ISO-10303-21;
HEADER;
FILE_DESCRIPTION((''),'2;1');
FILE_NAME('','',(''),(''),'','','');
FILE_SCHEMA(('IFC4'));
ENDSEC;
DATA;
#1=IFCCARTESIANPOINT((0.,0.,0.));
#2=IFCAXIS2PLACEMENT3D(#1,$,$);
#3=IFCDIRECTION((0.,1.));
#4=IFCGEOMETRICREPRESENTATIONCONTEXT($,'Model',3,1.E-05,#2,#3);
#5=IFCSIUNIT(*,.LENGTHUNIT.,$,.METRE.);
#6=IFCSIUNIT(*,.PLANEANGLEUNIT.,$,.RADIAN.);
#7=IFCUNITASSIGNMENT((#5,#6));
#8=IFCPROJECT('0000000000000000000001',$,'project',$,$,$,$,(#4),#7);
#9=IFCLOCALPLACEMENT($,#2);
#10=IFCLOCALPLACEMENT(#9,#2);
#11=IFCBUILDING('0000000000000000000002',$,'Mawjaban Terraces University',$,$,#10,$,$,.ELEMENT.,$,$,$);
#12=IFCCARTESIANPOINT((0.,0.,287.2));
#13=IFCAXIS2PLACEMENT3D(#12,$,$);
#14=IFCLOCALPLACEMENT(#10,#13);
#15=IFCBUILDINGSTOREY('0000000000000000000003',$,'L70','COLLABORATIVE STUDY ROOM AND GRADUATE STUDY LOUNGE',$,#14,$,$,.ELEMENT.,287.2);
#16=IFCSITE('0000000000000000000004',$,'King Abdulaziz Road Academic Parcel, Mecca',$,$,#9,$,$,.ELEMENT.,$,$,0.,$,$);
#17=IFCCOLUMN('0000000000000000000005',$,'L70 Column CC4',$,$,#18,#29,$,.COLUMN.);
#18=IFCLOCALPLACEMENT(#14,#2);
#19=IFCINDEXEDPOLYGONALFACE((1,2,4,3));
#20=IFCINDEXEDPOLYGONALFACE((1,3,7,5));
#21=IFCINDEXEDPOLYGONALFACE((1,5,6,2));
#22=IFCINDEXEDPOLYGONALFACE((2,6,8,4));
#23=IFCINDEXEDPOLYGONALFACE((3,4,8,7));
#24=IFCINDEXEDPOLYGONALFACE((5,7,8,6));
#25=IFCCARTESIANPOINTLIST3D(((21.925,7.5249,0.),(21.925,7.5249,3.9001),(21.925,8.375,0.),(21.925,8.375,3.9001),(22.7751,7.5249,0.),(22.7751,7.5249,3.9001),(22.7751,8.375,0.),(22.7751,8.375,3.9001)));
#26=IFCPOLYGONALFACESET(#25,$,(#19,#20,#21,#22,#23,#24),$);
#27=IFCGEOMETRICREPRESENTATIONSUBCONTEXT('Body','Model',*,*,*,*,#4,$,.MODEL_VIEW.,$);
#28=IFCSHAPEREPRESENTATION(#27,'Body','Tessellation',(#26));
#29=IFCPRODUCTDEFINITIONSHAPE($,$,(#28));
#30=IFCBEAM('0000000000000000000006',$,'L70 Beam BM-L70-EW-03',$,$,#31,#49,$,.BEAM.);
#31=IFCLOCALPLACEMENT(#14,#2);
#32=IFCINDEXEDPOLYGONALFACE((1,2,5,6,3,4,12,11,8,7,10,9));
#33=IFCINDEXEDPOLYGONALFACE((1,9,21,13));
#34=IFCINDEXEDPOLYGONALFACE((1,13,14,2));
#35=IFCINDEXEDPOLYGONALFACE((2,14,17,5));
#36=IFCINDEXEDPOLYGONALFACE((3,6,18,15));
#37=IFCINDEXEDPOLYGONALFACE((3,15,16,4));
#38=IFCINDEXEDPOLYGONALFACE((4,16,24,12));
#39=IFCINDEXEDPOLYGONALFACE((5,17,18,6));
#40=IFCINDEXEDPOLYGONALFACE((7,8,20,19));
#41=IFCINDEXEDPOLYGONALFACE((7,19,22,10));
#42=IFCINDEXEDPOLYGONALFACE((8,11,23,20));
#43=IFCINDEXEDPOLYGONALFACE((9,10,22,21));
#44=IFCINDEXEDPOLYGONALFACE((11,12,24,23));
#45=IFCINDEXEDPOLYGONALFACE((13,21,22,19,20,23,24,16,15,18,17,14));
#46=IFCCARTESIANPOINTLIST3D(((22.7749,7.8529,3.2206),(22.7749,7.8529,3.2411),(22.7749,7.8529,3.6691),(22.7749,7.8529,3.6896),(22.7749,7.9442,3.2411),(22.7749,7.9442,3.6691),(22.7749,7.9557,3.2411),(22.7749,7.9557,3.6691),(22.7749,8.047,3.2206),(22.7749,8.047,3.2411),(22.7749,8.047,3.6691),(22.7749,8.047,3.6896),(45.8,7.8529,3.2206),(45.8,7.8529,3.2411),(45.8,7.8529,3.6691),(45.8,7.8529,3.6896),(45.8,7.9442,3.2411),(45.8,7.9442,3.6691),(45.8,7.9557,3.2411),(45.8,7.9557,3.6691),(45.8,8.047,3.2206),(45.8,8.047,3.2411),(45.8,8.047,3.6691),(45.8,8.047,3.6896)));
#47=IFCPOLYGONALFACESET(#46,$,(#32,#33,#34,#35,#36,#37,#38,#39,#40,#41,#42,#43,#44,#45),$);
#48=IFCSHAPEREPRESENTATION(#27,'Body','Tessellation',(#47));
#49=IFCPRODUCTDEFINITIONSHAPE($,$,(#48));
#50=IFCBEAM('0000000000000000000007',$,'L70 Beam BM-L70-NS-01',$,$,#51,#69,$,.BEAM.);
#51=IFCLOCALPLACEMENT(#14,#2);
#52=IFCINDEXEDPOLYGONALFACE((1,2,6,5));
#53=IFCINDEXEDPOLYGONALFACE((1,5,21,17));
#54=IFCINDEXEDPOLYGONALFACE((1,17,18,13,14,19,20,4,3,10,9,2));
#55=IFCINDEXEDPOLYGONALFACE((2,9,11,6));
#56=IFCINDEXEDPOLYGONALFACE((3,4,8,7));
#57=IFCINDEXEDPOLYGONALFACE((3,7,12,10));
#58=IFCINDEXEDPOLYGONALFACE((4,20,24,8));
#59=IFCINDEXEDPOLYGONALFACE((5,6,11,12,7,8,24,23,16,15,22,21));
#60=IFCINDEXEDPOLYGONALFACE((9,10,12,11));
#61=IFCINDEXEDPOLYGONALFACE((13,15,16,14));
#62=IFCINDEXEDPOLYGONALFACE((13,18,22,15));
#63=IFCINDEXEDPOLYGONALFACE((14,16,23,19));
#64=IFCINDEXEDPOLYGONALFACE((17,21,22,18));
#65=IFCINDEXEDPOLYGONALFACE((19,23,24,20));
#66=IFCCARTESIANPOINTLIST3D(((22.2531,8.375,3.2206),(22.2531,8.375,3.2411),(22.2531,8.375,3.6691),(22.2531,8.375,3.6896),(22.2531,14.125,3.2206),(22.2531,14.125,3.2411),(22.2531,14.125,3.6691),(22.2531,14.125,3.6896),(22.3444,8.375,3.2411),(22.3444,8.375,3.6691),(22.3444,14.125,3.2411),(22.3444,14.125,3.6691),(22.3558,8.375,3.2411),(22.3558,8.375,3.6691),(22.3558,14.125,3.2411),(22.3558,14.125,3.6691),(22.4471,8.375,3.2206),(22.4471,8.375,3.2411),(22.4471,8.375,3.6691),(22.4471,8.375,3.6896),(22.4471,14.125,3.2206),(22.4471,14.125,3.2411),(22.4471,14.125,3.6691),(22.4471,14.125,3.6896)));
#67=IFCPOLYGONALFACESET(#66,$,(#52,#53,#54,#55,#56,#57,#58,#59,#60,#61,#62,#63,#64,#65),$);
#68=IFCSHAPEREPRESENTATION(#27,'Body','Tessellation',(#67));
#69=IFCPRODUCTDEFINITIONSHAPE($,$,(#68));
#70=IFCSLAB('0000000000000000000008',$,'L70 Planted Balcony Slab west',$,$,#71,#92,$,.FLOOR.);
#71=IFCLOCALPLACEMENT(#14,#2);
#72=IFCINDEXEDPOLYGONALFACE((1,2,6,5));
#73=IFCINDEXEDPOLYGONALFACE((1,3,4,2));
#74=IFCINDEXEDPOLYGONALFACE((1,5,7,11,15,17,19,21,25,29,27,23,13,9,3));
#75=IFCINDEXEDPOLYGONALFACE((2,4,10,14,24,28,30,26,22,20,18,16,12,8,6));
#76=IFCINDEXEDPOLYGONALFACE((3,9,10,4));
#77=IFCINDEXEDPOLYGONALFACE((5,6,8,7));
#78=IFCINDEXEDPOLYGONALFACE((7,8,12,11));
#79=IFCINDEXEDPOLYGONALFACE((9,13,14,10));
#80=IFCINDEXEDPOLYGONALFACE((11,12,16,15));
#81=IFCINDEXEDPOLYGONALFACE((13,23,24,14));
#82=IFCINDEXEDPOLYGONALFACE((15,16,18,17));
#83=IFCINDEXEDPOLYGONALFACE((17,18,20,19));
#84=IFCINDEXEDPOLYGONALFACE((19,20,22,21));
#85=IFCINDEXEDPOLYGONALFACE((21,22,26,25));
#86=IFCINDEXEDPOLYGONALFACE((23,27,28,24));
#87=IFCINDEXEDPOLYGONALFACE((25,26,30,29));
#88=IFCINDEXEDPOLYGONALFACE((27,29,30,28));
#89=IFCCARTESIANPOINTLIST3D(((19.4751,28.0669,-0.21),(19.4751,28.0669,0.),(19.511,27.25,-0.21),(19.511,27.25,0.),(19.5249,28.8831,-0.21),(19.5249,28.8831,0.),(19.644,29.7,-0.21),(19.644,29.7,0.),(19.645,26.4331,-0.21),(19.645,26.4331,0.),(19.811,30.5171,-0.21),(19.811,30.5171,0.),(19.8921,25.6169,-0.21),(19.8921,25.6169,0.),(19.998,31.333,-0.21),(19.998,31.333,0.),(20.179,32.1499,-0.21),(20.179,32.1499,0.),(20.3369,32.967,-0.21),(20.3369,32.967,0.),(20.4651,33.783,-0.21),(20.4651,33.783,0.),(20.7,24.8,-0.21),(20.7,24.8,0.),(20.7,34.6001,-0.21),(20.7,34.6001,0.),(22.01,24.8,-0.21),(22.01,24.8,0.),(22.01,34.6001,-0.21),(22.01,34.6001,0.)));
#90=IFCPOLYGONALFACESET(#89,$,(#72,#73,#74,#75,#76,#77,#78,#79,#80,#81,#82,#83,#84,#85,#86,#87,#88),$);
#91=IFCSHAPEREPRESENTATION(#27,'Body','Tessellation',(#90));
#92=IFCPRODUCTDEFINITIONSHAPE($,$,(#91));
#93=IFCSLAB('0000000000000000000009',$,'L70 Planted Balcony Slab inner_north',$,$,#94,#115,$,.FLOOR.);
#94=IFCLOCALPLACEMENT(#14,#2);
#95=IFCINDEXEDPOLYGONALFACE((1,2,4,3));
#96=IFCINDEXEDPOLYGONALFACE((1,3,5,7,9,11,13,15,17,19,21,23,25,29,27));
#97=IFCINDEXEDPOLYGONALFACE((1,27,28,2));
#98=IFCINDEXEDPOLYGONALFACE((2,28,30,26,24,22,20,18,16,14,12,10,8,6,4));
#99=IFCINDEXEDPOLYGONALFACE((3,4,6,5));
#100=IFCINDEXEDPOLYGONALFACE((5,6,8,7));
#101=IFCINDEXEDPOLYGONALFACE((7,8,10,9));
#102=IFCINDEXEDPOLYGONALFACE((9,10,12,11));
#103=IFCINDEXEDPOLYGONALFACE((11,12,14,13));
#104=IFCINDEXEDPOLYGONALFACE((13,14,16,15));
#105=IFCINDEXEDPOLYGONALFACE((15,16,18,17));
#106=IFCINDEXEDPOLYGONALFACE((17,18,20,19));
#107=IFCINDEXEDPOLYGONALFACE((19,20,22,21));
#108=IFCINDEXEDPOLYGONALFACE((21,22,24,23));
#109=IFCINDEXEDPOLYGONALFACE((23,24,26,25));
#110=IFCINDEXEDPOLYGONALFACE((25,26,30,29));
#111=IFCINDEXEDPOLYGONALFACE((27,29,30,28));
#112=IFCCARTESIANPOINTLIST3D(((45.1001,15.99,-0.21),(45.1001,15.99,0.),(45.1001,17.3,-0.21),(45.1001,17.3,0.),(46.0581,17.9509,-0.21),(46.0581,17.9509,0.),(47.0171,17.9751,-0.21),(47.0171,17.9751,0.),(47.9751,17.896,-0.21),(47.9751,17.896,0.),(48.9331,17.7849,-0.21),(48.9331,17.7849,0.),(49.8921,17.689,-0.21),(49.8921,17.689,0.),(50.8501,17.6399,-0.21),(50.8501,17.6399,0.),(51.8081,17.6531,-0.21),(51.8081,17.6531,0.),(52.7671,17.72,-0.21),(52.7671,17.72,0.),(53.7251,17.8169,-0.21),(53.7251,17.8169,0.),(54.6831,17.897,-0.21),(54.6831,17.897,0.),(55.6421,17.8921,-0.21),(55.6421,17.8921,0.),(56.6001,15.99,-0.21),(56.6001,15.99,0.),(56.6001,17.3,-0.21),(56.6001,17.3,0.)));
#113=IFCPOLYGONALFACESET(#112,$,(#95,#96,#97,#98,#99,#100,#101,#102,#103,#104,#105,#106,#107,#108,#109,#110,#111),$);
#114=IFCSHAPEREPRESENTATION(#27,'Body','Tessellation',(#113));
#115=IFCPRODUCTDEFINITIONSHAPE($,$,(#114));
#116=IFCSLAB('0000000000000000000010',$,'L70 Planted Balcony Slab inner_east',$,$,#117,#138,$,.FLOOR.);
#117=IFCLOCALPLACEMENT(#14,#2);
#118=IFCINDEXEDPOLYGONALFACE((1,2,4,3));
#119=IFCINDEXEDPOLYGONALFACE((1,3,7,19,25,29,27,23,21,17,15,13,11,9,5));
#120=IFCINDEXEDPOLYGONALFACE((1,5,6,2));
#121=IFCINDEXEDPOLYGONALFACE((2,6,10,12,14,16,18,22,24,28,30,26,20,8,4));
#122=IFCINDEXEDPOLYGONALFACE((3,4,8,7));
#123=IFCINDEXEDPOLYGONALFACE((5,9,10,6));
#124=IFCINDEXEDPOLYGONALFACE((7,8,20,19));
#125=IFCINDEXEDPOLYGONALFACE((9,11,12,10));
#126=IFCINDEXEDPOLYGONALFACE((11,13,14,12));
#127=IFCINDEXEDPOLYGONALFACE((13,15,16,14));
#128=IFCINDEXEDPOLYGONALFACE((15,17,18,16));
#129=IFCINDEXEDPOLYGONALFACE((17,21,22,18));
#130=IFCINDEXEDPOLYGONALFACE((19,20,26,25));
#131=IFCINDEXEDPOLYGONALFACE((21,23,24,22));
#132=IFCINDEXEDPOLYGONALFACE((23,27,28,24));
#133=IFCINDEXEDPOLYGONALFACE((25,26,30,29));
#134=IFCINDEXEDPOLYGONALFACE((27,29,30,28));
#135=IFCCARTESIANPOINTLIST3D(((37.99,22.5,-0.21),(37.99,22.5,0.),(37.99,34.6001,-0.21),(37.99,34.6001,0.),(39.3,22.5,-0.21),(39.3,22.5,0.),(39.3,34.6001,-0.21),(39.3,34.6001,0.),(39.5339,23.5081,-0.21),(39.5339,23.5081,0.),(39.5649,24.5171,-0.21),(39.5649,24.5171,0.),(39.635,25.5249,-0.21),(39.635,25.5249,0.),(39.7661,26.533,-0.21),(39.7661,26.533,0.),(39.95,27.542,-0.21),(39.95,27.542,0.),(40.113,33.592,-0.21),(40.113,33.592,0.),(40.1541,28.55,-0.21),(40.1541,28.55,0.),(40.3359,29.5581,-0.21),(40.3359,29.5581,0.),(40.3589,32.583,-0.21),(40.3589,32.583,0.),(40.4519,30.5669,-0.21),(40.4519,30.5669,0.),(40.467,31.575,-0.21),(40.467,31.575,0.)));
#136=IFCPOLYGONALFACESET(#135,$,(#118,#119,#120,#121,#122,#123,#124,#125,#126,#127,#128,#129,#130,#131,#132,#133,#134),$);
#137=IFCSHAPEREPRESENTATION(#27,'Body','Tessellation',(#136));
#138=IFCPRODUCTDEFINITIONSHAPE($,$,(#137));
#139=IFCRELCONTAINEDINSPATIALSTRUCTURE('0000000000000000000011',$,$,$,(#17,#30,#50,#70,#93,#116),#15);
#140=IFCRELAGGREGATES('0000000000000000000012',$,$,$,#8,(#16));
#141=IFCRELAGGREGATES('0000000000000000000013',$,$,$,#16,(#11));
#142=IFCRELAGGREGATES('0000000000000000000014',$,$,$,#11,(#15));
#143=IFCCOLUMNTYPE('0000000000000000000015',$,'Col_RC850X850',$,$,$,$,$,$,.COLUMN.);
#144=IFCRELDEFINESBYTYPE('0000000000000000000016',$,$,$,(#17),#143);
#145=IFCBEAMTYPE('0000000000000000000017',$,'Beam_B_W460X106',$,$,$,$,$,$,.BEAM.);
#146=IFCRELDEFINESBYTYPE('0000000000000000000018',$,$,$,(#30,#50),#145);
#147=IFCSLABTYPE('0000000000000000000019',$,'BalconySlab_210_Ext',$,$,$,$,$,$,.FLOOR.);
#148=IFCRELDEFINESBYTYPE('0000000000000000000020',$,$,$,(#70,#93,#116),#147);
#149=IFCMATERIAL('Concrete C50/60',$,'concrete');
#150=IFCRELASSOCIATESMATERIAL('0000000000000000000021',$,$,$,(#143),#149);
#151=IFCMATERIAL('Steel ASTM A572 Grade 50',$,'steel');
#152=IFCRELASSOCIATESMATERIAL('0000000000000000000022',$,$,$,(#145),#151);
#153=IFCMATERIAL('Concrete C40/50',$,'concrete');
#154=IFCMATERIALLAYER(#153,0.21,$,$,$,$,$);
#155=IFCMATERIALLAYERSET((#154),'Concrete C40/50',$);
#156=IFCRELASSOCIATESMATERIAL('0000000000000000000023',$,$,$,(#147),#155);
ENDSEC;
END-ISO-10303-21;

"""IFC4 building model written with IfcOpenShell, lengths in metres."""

from ifc_helpers import new_model, si_unit, direction, frame, origin, origin_2d, place, context, subcontext, project, spatial, polyline, rectangle, i_section, outline, extrude, material, layer, layer_set, material_profile, profile_set, type_object, element, save


model = new_model("IFC4")

# Units and contexts
model_context = context("Model", 3, precision=1e-05, world=origin(), true_north=direction((0.0, 1.0)))
body_context = subcontext(model_context, "Body", "Model", "MODEL_VIEW")
ifc_project = project(units=[si_unit("LENGTHUNIT", "METRE"), si_unit("PLANEANGLEUNIT", "RADIAN")], contexts=[model_context])

# Site, building, storey
site_placement = place(None, origin())
site = spatial("IfcSite", under=ifc_project, at=site_placement, Name="King Abdulaziz Road Academic Parcel, Mecca", CompositionType="ELEMENT", RefElevation=0.0)
building_placement = place(site_placement, origin())
building = spatial("IfcBuilding", under=site, at=building_placement, Name="Mawjaban Terraces University", CompositionType="ELEMENT")
storey_placement = place(building_placement, frame((0.0, 0.0, 287.2)))
storey = spatial("IfcBuildingStorey", under=building, at=storey_placement, Name="L70", Description="COLLABORATIVE STUDY ROOM AND GRADUATE STUDY LOUNGE", CompositionType="ELEMENT", Elevation=287.2)

# Column
ifc_material_1 = material(Name="Concrete C50/60", Category="concrete")
ifc_material_profile_1 = material_profile(ifc_material_1, rectangle(XDim=0.8501, YDim=0.8501, at=origin_2d()), Name="RC850X850")
ifc_profile_set_1 = profile_set([ifc_material_profile_1], Name="Concrete C50/60")
column_type = type_object("IfcColumnType", Name="Col_RC850X850", PredefinedType="COLUMN", material=ifc_profile_set_1)
column_placement = place(storey_placement, frame((22.3501, 7.95, 0.0), z_axis=(0.0, 0.0, 1.0), x_axis=(1.0, 0.0, 0.0)))
element("IfcColumn", 1, at=column_placement, inside=storey, type_object=column_type, Name="L70 Column CC4", PredefinedType="COLUMN", context=body_context, shape_type="SweptSolid", body=[
    extrude(rectangle(XDim=0.8501, YDim=0.8501, at=origin_2d()), origin(), (0.0, 0.0, 1.0), 3.9001),
])

# Beams
ifc_material_2 = material(Name="Steel ASTM A572 Grade 50", Category="steel")
ifc_material_profile_2 = material_profile(ifc_material_2, i_section(OverallWidth=0.1941, OverallDepth=0.469, WebThickness=0.0115, FlangeThickness=0.0205, at=origin_2d()), Name="W460X106")
ifc_profile_set_2 = profile_set([ifc_material_profile_2], Name="Steel ASTM A572 Grade 50")
beam_type = type_object("IfcBeamType", Name="Beam_B_W460X106", PredefinedType="BEAM", material=ifc_profile_set_2)
beam_1_placement = place(storey_placement, frame((22.7749, 7.95, 3.4551), z_axis=(1.0, 0.0, 0.0), x_axis=(0.0, 1.0, 0.0)))
element("IfcBeam", 2, at=beam_1_placement, inside=storey, type_object=beam_type, Name="L70 Beam BM-L70-EW-03", PredefinedType="BEAM", context=body_context, shape_type="SweptSolid", body=[
    extrude(i_section(OverallWidth=0.1941, OverallDepth=0.469, WebThickness=0.0115, FlangeThickness=0.0205, at=origin_2d()), origin(), (0.0, 0.0, 1.0), 23.0251),
])
beam_2_placement = place(storey_placement, frame((22.3501, 8.375, 3.4551), z_axis=(0.0, 1.0, 0.0), x_axis=(-1.0, 0.0, 0.0)))
element("IfcBeam", 3, at=beam_2_placement, inside=storey, type_object=beam_type, Name="L70 Beam BM-L70-NS-01", PredefinedType="BEAM", context=body_context, shape_type="SweptSolid", body=[
    extrude(i_section(OverallWidth=0.1941, OverallDepth=0.469, WebThickness=0.0115, FlangeThickness=0.0205, at=origin_2d()), origin(), (0.0, 0.0, 1.0), 5.75),
])

# Slabs
ifc_material_3 = material(Name="Concrete C40/50", Category="concrete")
ifc_layer_1 = layer(ifc_material_3, 0.21)
ifc_layer_set_1 = layer_set([ifc_layer_1], Name="Concrete C40/50")
slab_type_1 = type_object("IfcSlabType", Name="BalconySlab_210_Ext", PredefinedType="FLOOR", material=ifc_layer_set_1)
slab_1_placement = place(storey_placement, frame((0.0, 0.0, -0.21)))
element("IfcSlab", 4, at=slab_1_placement, inside=storey, type_object=slab_type_1, Name="L70 Planted Balcony Slab west", PredefinedType="FLOOR", context=body_context, shape_type="SweptSolid", body=[
    extrude(outline(polyline([(22.01, 24.8), (22.01, 34.6001), (20.7, 34.6001), (20.4651, 33.783), (20.3369, 32.967), (20.179, 32.1499), (19.998, 31.333), (19.811, 30.5171), (19.644, 29.7), (19.5249, 28.8831), (19.4751, 28.0669), (19.511, 27.25), (19.645, 26.4331), (19.8921, 25.6169), (20.7, 24.8), (22.01, 24.8)])), origin(), (0.0, 0.0, 1.0), 0.21),
])
slab_2_placement = place(storey_placement, frame((0.0, 0.0, -0.21)))
element("IfcSlab", 5, at=slab_2_placement, inside=storey, type_object=slab_type_1, Name="L70 Planted Balcony Slab inner_north", PredefinedType="FLOOR", context=body_context, shape_type="SweptSolid", body=[
    extrude(outline(polyline([(45.1001, 15.99), (56.6001, 15.99), (56.6001, 17.3), (55.6421, 17.8921), (54.6831, 17.897), (53.7251, 17.8169), (52.7671, 17.72), (51.8081, 17.6531), (50.8501, 17.6399), (49.8921, 17.689), (48.9331, 17.7849), (47.9751, 17.896), (47.0171, 17.9751), (46.0581, 17.9509), (45.1001, 17.3), (45.1001, 15.99)])), origin(), (0.0, 0.0, 1.0), 0.21),
])
slab_3_placement = place(storey_placement, frame((0.0, 0.0, -0.21)))
element("IfcSlab", 6, at=slab_3_placement, inside=storey, type_object=slab_type_1, Name="L70 Planted Balcony Slab inner_east", PredefinedType="FLOOR", context=body_context, shape_type="SweptSolid", body=[
    extrude(outline(polyline([(39.3, 22.5), (39.5339, 23.5081), (39.5649, 24.5171), (39.635, 25.5249), (39.7661, 26.533), (39.95, 27.542), (40.1541, 28.55), (40.3359, 29.5581), (40.4519, 30.5669), (40.467, 31.575), (40.3589, 32.583), (40.113, 33.592), (39.3, 34.6001), (37.99, 34.6001), (37.99, 22.5), (39.3, 22.5)])), origin(), (0.0, 0.0, 1.0), 0.21),
])

save(model, "model.ifc")
